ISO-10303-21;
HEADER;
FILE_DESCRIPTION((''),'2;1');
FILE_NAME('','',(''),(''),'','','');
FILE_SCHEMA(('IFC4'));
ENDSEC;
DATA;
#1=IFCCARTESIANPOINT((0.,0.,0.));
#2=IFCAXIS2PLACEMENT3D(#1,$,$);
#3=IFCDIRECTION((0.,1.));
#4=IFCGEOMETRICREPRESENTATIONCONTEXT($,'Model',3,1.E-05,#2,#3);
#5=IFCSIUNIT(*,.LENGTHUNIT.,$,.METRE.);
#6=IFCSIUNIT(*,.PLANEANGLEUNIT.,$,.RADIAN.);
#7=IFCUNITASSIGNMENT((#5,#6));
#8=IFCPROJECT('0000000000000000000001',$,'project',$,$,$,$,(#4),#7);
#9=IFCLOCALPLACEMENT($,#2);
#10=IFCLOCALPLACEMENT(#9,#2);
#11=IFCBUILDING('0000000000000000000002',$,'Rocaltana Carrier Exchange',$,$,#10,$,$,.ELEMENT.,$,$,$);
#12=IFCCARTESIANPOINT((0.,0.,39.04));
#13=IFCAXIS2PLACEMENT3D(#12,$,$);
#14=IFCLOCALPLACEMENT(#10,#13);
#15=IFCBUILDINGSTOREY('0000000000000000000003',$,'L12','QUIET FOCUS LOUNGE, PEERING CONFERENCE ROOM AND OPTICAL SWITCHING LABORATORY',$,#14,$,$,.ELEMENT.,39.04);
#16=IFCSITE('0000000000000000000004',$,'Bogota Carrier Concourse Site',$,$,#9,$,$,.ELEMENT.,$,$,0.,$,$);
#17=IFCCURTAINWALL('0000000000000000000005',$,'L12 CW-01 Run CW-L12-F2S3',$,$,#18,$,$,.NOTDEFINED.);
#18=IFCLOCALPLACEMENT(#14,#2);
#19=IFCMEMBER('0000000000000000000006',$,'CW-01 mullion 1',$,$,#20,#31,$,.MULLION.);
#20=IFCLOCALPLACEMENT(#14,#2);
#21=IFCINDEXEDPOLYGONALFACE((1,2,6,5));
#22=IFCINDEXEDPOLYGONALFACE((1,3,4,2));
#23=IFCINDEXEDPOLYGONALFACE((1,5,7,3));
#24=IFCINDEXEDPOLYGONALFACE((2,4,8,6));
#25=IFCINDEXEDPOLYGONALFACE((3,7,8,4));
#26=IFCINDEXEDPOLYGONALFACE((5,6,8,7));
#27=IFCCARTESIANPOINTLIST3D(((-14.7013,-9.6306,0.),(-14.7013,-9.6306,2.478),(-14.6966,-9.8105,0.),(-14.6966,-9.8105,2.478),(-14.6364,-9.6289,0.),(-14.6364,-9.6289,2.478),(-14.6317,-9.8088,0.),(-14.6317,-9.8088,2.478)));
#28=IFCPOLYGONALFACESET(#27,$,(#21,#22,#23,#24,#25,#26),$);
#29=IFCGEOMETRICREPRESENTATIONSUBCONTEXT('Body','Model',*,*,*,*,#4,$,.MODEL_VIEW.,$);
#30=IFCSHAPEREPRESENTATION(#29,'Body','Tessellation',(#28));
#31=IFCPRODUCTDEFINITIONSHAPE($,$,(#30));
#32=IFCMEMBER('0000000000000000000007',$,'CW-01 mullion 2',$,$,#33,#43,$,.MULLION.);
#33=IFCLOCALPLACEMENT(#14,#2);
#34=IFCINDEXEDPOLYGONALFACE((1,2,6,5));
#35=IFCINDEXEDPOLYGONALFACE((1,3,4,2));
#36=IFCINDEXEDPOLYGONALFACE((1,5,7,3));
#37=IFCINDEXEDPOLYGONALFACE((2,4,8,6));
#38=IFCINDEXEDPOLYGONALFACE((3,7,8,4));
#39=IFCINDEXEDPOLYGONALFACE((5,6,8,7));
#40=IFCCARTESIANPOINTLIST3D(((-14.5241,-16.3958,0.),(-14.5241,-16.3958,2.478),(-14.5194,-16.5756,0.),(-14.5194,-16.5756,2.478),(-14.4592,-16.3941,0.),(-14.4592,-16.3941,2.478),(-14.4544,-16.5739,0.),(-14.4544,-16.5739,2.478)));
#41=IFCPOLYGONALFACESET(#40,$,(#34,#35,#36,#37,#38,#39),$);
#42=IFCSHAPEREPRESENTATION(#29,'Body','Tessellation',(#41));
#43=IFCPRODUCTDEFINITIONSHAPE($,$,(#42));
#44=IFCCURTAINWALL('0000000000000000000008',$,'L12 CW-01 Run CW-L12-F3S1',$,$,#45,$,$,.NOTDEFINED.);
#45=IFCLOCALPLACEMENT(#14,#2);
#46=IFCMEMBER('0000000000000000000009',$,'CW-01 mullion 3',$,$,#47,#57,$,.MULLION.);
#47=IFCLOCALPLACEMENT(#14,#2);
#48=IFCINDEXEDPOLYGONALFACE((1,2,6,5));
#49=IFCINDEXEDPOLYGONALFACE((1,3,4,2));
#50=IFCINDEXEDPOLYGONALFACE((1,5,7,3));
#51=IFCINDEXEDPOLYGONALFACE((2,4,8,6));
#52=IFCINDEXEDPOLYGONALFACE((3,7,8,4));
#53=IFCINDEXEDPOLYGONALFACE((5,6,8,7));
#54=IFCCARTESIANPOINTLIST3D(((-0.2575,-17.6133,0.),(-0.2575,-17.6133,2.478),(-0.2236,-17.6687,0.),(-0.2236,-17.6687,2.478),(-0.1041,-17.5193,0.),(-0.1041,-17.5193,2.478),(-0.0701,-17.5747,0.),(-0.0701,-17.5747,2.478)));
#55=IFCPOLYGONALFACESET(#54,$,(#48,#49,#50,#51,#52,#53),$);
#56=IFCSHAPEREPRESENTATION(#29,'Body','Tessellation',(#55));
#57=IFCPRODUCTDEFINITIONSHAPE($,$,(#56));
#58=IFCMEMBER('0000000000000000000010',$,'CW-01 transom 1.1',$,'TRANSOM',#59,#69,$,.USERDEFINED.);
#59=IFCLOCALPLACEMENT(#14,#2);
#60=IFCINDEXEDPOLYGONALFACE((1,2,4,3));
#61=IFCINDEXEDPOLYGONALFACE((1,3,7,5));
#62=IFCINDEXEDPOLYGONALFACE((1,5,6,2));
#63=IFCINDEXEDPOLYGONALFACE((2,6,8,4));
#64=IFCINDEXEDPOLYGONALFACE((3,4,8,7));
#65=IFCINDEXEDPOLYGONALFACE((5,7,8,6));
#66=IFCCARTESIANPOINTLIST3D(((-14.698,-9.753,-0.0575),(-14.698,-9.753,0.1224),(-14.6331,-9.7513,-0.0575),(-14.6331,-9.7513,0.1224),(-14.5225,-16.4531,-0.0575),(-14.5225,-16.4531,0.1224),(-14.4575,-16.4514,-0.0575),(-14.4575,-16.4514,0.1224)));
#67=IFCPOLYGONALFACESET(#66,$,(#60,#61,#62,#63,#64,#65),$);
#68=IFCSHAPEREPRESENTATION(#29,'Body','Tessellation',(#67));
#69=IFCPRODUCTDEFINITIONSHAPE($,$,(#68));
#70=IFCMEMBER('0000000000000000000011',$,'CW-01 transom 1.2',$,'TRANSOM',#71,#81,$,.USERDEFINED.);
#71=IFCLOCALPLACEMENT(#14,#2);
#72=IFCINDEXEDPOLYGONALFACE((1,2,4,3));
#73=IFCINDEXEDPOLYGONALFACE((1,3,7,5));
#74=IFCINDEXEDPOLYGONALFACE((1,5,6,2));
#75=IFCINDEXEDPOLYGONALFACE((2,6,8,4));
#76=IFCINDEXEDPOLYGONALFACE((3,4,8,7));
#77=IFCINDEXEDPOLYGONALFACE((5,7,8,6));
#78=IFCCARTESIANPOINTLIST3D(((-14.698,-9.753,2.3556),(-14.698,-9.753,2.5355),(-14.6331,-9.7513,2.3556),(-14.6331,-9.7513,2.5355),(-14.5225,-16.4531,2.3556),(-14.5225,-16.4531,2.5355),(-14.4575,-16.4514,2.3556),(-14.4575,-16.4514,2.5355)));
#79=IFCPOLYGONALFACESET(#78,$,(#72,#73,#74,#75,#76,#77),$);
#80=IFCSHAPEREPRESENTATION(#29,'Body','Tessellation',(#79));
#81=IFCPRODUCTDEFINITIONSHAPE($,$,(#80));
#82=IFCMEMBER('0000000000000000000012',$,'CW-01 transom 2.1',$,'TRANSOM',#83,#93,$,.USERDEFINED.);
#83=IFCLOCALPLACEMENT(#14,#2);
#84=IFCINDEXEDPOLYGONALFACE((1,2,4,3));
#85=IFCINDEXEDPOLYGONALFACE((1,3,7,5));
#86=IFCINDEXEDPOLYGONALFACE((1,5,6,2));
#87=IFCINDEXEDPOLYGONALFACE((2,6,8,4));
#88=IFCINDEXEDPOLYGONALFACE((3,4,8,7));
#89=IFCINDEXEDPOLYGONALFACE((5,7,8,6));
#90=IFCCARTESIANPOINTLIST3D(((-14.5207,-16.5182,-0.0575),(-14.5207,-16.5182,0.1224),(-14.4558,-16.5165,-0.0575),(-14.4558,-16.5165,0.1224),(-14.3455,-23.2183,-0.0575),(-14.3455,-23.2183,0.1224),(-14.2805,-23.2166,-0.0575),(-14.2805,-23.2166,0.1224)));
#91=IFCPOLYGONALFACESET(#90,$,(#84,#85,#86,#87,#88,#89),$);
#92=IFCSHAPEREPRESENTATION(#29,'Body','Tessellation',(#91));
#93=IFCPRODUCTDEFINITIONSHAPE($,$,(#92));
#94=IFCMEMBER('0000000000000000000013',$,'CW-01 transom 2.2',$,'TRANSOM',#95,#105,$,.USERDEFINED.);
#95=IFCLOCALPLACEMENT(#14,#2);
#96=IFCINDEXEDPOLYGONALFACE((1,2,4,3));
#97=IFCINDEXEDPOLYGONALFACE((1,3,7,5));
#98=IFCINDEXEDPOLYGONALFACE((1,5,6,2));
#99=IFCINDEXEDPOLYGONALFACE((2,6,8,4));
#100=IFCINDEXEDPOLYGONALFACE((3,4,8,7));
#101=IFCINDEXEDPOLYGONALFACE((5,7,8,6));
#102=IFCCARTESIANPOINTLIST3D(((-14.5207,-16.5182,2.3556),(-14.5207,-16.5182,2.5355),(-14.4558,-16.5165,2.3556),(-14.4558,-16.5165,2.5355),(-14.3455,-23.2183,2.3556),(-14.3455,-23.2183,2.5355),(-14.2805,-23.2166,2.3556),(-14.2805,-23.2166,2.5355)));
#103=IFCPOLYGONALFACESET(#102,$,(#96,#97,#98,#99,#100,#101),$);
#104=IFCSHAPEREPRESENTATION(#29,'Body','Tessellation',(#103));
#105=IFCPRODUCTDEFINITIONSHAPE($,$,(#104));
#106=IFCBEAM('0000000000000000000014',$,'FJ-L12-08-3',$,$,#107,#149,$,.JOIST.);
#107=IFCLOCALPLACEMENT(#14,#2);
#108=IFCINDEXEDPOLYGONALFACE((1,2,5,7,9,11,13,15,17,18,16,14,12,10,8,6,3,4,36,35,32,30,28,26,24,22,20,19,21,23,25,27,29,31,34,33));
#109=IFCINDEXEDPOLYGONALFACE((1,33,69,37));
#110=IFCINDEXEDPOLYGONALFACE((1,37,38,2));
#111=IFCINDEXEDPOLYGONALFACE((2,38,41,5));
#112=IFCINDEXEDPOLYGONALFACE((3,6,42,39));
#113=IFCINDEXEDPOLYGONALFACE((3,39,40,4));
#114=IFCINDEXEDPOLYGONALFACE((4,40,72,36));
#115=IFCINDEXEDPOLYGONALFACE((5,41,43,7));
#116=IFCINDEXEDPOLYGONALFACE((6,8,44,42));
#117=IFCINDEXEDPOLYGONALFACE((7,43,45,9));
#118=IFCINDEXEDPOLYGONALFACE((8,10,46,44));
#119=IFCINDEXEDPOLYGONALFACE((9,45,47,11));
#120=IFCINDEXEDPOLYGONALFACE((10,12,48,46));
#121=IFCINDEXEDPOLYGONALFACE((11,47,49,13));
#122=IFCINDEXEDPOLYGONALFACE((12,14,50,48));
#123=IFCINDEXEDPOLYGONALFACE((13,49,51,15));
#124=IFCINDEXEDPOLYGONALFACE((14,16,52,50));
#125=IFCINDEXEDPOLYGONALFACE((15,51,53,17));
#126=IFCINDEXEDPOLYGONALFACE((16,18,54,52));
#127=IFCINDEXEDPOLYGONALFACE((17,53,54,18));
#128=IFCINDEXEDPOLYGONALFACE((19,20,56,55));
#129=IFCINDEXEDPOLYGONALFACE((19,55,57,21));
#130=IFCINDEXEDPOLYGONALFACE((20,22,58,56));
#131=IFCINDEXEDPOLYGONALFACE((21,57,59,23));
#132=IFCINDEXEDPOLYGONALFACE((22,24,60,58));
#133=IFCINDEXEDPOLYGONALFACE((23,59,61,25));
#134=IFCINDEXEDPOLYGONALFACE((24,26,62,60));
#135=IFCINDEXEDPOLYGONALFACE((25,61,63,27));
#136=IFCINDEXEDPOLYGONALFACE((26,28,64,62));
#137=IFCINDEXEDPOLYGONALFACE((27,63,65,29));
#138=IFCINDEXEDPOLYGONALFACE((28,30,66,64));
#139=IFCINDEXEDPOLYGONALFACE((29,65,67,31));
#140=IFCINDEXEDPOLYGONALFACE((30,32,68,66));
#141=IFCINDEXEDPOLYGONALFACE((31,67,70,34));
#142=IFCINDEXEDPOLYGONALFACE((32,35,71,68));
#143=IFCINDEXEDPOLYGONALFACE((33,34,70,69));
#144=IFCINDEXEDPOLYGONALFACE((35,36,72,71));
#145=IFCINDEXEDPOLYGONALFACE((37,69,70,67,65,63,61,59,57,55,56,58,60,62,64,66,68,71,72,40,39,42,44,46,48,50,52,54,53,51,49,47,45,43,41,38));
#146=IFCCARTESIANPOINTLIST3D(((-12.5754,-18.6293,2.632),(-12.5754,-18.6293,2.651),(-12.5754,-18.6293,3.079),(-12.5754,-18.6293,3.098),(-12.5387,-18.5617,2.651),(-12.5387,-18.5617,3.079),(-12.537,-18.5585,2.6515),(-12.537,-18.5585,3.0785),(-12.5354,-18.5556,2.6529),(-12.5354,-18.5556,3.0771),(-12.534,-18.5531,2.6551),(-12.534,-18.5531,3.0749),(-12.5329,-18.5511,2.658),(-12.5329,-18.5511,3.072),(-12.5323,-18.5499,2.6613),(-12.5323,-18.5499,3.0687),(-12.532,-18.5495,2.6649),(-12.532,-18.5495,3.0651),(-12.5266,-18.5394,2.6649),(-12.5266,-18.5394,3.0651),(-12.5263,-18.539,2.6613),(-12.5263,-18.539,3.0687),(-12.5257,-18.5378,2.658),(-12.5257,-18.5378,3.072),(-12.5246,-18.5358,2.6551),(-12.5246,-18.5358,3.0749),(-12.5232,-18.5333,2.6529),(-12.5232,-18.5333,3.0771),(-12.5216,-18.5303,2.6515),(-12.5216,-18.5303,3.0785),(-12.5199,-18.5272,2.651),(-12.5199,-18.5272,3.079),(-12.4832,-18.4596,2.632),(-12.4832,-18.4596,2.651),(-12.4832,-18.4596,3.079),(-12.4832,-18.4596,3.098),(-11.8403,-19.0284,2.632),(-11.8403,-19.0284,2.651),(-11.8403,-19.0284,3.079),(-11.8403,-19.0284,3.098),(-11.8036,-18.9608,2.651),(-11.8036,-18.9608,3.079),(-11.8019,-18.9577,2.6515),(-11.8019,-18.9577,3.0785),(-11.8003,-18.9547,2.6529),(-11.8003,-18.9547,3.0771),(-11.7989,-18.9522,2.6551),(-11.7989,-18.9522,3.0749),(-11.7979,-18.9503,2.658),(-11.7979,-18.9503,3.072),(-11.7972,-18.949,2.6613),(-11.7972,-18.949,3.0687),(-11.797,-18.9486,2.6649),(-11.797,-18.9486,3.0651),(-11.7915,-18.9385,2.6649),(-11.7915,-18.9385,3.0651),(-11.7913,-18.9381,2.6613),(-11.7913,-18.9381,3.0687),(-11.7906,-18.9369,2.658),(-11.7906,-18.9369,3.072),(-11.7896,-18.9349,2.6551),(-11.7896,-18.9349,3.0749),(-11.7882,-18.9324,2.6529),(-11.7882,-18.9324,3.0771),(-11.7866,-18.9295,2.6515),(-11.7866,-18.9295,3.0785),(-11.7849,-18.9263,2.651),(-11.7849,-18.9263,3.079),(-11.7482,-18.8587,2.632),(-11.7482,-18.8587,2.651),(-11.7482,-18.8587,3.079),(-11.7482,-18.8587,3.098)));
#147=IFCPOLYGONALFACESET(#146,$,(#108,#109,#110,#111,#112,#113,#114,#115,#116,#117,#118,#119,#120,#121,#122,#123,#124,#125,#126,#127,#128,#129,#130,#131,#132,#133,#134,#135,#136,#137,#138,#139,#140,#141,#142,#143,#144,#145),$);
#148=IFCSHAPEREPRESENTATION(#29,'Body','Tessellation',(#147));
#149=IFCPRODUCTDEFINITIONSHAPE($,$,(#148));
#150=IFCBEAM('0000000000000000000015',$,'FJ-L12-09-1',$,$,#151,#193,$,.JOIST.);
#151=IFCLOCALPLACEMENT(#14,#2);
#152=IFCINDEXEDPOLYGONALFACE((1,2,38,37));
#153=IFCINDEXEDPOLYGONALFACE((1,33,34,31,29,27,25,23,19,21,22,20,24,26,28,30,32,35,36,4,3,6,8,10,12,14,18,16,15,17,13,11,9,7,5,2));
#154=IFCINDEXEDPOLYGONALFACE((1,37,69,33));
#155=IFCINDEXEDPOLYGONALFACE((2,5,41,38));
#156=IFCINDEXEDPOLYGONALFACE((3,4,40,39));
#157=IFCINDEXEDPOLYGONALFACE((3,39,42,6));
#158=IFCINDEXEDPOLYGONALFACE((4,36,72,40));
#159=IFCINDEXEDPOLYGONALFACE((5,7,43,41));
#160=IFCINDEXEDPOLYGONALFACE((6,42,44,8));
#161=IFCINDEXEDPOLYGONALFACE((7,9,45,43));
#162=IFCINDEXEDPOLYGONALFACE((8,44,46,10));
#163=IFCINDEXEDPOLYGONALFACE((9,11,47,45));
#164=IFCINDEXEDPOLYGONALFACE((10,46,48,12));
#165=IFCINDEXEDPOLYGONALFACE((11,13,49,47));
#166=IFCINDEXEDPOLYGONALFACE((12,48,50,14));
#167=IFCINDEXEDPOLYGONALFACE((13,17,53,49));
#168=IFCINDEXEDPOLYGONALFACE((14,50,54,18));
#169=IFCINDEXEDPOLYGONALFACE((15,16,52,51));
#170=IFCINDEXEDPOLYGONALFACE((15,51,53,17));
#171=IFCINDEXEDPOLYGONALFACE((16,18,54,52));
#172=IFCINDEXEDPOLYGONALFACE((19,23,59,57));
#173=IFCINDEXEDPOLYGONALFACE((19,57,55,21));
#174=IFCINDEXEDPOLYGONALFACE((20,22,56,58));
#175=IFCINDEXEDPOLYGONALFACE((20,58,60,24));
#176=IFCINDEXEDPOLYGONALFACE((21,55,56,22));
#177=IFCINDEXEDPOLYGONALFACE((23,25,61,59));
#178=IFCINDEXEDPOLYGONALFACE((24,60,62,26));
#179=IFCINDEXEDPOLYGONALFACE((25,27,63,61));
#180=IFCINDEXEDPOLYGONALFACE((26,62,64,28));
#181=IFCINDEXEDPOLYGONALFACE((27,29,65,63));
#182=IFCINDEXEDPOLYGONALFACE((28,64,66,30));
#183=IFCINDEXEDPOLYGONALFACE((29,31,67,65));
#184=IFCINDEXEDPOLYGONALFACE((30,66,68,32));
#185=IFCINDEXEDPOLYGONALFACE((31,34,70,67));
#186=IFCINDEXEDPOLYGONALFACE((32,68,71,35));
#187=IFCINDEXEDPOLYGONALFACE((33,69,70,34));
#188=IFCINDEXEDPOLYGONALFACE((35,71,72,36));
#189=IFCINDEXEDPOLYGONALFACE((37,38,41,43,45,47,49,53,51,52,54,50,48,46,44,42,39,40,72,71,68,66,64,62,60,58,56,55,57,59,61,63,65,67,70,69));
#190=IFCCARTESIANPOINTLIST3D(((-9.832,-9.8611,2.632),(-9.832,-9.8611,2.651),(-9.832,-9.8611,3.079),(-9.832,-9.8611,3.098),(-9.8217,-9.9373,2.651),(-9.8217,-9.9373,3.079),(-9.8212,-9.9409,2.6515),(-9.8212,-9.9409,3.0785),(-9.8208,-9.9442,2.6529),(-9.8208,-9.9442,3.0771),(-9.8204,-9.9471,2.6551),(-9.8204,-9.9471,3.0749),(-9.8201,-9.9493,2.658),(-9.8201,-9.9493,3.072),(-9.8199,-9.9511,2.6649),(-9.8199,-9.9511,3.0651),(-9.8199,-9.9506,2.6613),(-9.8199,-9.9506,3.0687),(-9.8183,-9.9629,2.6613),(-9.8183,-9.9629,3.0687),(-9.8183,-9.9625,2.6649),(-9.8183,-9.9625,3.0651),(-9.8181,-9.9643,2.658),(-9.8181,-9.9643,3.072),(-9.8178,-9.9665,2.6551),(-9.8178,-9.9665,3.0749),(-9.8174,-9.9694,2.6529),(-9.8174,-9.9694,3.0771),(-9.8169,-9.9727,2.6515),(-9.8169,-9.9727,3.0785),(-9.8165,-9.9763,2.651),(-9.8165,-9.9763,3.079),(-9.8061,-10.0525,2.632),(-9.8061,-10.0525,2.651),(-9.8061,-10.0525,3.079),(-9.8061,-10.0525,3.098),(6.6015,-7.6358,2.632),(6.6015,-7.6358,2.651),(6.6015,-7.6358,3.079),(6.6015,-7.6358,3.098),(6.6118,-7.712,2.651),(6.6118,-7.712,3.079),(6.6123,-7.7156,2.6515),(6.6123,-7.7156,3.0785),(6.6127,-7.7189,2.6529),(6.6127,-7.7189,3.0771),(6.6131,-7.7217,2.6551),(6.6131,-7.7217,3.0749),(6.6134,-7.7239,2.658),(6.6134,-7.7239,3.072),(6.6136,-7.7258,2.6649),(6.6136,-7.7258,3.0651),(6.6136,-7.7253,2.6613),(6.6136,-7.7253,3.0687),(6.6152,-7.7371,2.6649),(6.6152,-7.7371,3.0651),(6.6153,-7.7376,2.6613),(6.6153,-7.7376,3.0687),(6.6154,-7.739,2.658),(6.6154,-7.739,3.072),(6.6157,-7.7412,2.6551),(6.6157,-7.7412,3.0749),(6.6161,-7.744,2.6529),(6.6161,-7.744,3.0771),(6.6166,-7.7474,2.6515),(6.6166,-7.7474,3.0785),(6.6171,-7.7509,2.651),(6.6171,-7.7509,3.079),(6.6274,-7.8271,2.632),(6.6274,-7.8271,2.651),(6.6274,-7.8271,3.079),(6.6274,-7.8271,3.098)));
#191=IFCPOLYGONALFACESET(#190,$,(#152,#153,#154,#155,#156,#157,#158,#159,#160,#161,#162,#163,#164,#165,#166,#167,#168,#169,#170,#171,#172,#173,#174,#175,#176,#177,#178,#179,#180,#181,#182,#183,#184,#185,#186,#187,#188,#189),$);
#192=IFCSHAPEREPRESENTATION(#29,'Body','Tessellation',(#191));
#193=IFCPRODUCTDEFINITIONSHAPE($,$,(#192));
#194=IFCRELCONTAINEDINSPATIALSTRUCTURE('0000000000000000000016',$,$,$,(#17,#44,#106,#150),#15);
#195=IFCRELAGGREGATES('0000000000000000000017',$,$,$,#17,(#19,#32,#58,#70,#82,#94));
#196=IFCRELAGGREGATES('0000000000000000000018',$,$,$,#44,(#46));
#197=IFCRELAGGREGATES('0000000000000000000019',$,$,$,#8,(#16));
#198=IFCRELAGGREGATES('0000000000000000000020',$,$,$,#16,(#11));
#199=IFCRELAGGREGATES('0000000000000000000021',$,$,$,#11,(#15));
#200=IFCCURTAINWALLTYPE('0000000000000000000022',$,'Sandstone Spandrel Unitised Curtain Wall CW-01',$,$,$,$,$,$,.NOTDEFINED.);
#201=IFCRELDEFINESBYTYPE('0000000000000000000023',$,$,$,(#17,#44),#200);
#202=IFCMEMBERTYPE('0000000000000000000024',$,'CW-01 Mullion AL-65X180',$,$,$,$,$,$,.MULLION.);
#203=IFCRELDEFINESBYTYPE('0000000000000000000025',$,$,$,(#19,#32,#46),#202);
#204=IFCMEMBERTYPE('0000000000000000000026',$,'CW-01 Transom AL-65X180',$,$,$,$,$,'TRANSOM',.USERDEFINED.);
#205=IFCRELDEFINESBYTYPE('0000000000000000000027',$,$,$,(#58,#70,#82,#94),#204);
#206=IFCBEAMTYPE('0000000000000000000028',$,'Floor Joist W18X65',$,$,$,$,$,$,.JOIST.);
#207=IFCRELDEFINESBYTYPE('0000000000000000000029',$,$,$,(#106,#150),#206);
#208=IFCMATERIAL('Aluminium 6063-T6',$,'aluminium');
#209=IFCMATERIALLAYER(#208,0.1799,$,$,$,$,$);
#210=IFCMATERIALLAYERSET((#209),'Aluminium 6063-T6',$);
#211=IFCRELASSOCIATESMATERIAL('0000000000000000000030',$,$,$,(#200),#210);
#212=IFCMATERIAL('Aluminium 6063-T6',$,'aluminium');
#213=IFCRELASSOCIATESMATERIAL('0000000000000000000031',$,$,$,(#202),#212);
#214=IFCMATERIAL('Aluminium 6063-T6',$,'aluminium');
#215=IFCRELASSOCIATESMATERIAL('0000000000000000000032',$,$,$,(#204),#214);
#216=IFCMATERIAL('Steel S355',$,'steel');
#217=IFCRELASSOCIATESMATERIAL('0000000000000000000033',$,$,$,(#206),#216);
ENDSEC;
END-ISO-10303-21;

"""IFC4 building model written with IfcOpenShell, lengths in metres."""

from ifc_helpers import new_model, si_unit, direction, frame, origin, origin_2d, place, context, subcontext, project, spatial, rectangle, i_section, extrude, material, layer, layer_set, material_profile, profile_set, type_object, element, aggregate, save


model = new_model("IFC4")

# Units and contexts
model_context = context("Model", 3, precision=1e-05, world=origin(), true_north=direction((0.0, 1.0)))
body_context = subcontext(model_context, "Body", "Model", "MODEL_VIEW")
ifc_project = project(units=[si_unit("LENGTHUNIT", "METRE"), si_unit("PLANEANGLEUNIT", "RADIAN")], contexts=[model_context])

# Site, building, storey
site_placement = place(None, origin())
site = spatial("IfcSite", under=ifc_project, at=site_placement, Name="Bogota Carrier Concourse Site", CompositionType="ELEMENT", RefElevation=0.0)
building_placement = place(site_placement, origin())
building = spatial("IfcBuilding", under=site, at=building_placement, Name="Rocaltana Carrier Exchange", CompositionType="ELEMENT")
storey_placement = place(building_placement, frame((0.0, 0.0, 39.04)))
storey = spatial("IfcBuildingStorey", under=building, at=storey_placement, Name="L12", Description="QUIET FOCUS LOUNGE, PEERING CONFERENCE ROOM AND OPTICAL SWITCHING LABORATORY", CompositionType="ELEMENT", Elevation=39.04)

# Curtain wall, members
ifc_material_1 = material(Name="Aluminium 6063-T6", Category="aluminium")
ifc_layer_1 = layer(ifc_material_1, 0.1799)
ifc_layer_set_1 = layer_set([ifc_layer_1], Name="Aluminium 6063-T6")
curtain_wall_type = type_object("IfcCurtainWallType", Name="Sandstone Spandrel Unitised Curtain Wall CW-01", PredefinedType="NOTDEFINED", material=ifc_layer_set_1)
curtain_wall_1_placement = place(storey_placement, origin())
curtain_wall_1 = element("IfcCurtainWall", 1, at=curtain_wall_1_placement, inside=storey, type_object=curtain_wall_type, Name="L12 CW-01 Run CW-L12-F2S3", PredefinedType="NOTDEFINED")
ifc_material_2 = material(Name="Aluminium 6063-T6", Category="aluminium")
ifc_material_profile_1 = material_profile(ifc_material_2, rectangle(XDim=0.0649, YDim=0.1799, at=origin_2d()), Name="AL-65X180")
ifc_profile_set_1 = profile_set([ifc_material_profile_1], Name="Aluminium 6063-T6")
member_type_1 = type_object("IfcMemberType", Name="CW-01 Mullion AL-65X180", PredefinedType="MULLION", material=ifc_profile_set_1)
member_1_placement = place(storey_placement, frame((-14.6665, -9.7197, 0.0), z_axis=(0.0, 0.0, 1.0), x_axis=(0.999657, 0.026184, 0.0)))
member_1 = element("IfcMember", 2, at=member_1_placement, type_object=member_type_1, Name="CW-01 mullion 1", PredefinedType="MULLION", context=body_context, shape_type="SweptSolid", body=[
    extrude(rectangle(XDim=0.0649, YDim=0.1799, at=origin_2d()), origin(), (0.0, 0.0, 1.0), 2.478),
])
member_2_placement = place(storey_placement, frame((-14.4893, -16.4849, 0.0), z_axis=(0.0, 0.0, 1.0), x_axis=(0.999657, 0.026184, 0.0)))
member_2 = element("IfcMember", 3, at=member_2_placement, type_object=member_type_1, Name="CW-01 mullion 2", PredefinedType="MULLION", context=body_context, shape_type="SweptSolid", body=[
    extrude(rectangle(XDim=0.0649, YDim=0.1799, at=origin_2d()), origin(), (0.0, 0.0, 1.0), 2.478),
])

# Curtain wall, member
curtain_wall_2_placement = place(storey_placement, origin())
curtain_wall_2 = element("IfcCurtainWall", 4, at=curtain_wall_2_placement, inside=storey, type_object=curtain_wall_type, Name="L12 CW-01 Run CW-L12-F3S1", PredefinedType="NOTDEFINED")
member_3_placement = place(storey_placement, frame((-0.1638, -17.594, 0.0), z_axis=(0.0, 0.0, 1.0), x_axis=(-0.522505, 0.852636, 0.0)))
member_3 = element("IfcMember", 5, at=member_3_placement, type_object=member_type_1, Name="CW-01 mullion 3", PredefinedType="MULLION", context=body_context, shape_type="SweptSolid", body=[
    extrude(rectangle(XDim=0.0649, YDim=0.1799, at=origin_2d()), origin(), (0.0, 0.0, 1.0), 2.478),
])

# Members
ifc_material_3 = material(Name="Aluminium 6063-T6", Category="aluminium")
ifc_material_profile_2 = material_profile(ifc_material_3, rectangle(XDim=0.0649, YDim=0.1799, at=origin_2d()), Name="AL-65X180")
ifc_profile_set_2 = profile_set([ifc_material_profile_2], Name="Aluminium 6063-T6")
member_type_2 = type_object("IfcMemberType", Name="CW-01 Transom AL-65X180", ElementType="TRANSOM", PredefinedType="USERDEFINED", material=ifc_profile_set_2)
member_4_placement = place(storey_placement, frame((-14.6655, -9.7522, 0.0325), z_axis=(0.02619, -0.999657, 0.0), x_axis=(0.999657, 0.02619, 0.0)))
member_4 = element("IfcMember", 6, at=member_4_placement, type_object=member_type_2, Name="CW-01 transom 1.1", ObjectType="TRANSOM", PredefinedType="USERDEFINED", context=body_context, shape_type="SweptSolid", body=[
    extrude(rectangle(XDim=0.0649, YDim=0.1799, at=origin_2d()), origin(), (0.0, 0.0, 1.0), 6.7024),
])
member_5_placement = place(storey_placement, frame((-14.6655, -9.7522, 2.4456), z_axis=(0.02619, -0.999657, 0.0), x_axis=(0.999657, 0.02619, 0.0)))
member_5 = element("IfcMember", 7, at=member_5_placement, type_object=member_type_2, Name="CW-01 transom 1.2", ObjectType="TRANSOM", PredefinedType="USERDEFINED", context=body_context, shape_type="SweptSolid", body=[
    extrude(rectangle(XDim=0.0649, YDim=0.1799, at=origin_2d()), origin(), (0.0, 0.0, 1.0), 6.7024),
])
member_6_placement = place(storey_placement, frame((-14.4883, -16.5173, 0.0325), z_axis=(0.026153, -0.999658, 0.0), x_axis=(0.999658, 0.026153, 0.0)))
member_6 = element("IfcMember", 8, at=member_6_placement, type_object=member_type_2, Name="CW-01 transom 2.1", ObjectType="TRANSOM", PredefinedType="USERDEFINED", context=body_context, shape_type="SweptSolid", body=[
    extrude(rectangle(XDim=0.0649, YDim=0.1799, at=origin_2d()), origin(), (0.0, 0.0, 1.0), 6.7024),
])
member_7_placement = place(storey_placement, frame((-14.4883, -16.5173, 2.4456), z_axis=(0.026153, -0.999658, 0.0), x_axis=(0.999658, 0.026153, 0.0)))
member_7 = element("IfcMember", 9, at=member_7_placement, type_object=member_type_2, Name="CW-01 transom 2.2", ObjectType="TRANSOM", PredefinedType="USERDEFINED", context=body_context, shape_type="SweptSolid", body=[
    extrude(rectangle(XDim=0.0649, YDim=0.1799, at=origin_2d()), origin(), (0.0, 0.0, 1.0), 6.7024),
])

# Beams
ifc_material_4 = material(Name="Steel S355", Category="steel")
ifc_material_profile_3 = material_profile(ifc_material_4, i_section(OverallWidth=0.1931, OverallDepth=0.4661, WebThickness=0.0115, FlangeThickness=0.019, FilletRadius=0.0139, at=origin_2d()), Name="W18X65")
ifc_profile_set_3 = profile_set([ifc_material_profile_3], Name="Steel S355")
beam_type_1 = type_object("IfcBeamType", Name="Floor Joist W18X65", PredefinedType="JOIST", material=ifc_profile_set_3)
beam_1_placement = place(storey_placement, frame((-12.5293, -18.5444, 2.865), z_axis=(0.878797, -0.477195, 0.0), x_axis=(0.477195, 0.878797, 0.0)))
element("IfcBeam", 10, at=beam_1_placement, inside=storey, type_object=beam_type_1, Name="FJ-L12-08-3", PredefinedType="JOIST", context=body_context, shape_type="SweptSolid", body=[
    extrude(i_section(OverallWidth=0.1931, OverallDepth=0.4661, WebThickness=0.0115, FlangeThickness=0.019, FilletRadius=0.0139, at=origin_2d()), origin(), (0.0, 0.0, 1.0), 0.8364),
])
beam_2_placement = place(storey_placement, frame((-9.8191, -9.9568, 2.865), z_axis=(0.990956, 0.134189, 0.0), x_axis=(-0.134189, 0.990956, 0.0)))
element("IfcBeam", 11, at=beam_2_placement, inside=storey, type_object=beam_type_1, Name="FJ-L12-09-1", PredefinedType="JOIST", context=body_context, shape_type="SweptSolid", body=[
    extrude(i_section(OverallWidth=0.1931, OverallDepth=0.4661, WebThickness=0.0115, FlangeThickness=0.019, FilletRadius=0.0139, at=origin_2d()), origin(), (0.0, 0.0, 1.0), 16.5835),
])

aggregate(curtain_wall_1, [member_1, member_2, member_4, member_5, member_6, member_7])
aggregate(curtain_wall_2, [member_3])

save(model, "model.ifc")
